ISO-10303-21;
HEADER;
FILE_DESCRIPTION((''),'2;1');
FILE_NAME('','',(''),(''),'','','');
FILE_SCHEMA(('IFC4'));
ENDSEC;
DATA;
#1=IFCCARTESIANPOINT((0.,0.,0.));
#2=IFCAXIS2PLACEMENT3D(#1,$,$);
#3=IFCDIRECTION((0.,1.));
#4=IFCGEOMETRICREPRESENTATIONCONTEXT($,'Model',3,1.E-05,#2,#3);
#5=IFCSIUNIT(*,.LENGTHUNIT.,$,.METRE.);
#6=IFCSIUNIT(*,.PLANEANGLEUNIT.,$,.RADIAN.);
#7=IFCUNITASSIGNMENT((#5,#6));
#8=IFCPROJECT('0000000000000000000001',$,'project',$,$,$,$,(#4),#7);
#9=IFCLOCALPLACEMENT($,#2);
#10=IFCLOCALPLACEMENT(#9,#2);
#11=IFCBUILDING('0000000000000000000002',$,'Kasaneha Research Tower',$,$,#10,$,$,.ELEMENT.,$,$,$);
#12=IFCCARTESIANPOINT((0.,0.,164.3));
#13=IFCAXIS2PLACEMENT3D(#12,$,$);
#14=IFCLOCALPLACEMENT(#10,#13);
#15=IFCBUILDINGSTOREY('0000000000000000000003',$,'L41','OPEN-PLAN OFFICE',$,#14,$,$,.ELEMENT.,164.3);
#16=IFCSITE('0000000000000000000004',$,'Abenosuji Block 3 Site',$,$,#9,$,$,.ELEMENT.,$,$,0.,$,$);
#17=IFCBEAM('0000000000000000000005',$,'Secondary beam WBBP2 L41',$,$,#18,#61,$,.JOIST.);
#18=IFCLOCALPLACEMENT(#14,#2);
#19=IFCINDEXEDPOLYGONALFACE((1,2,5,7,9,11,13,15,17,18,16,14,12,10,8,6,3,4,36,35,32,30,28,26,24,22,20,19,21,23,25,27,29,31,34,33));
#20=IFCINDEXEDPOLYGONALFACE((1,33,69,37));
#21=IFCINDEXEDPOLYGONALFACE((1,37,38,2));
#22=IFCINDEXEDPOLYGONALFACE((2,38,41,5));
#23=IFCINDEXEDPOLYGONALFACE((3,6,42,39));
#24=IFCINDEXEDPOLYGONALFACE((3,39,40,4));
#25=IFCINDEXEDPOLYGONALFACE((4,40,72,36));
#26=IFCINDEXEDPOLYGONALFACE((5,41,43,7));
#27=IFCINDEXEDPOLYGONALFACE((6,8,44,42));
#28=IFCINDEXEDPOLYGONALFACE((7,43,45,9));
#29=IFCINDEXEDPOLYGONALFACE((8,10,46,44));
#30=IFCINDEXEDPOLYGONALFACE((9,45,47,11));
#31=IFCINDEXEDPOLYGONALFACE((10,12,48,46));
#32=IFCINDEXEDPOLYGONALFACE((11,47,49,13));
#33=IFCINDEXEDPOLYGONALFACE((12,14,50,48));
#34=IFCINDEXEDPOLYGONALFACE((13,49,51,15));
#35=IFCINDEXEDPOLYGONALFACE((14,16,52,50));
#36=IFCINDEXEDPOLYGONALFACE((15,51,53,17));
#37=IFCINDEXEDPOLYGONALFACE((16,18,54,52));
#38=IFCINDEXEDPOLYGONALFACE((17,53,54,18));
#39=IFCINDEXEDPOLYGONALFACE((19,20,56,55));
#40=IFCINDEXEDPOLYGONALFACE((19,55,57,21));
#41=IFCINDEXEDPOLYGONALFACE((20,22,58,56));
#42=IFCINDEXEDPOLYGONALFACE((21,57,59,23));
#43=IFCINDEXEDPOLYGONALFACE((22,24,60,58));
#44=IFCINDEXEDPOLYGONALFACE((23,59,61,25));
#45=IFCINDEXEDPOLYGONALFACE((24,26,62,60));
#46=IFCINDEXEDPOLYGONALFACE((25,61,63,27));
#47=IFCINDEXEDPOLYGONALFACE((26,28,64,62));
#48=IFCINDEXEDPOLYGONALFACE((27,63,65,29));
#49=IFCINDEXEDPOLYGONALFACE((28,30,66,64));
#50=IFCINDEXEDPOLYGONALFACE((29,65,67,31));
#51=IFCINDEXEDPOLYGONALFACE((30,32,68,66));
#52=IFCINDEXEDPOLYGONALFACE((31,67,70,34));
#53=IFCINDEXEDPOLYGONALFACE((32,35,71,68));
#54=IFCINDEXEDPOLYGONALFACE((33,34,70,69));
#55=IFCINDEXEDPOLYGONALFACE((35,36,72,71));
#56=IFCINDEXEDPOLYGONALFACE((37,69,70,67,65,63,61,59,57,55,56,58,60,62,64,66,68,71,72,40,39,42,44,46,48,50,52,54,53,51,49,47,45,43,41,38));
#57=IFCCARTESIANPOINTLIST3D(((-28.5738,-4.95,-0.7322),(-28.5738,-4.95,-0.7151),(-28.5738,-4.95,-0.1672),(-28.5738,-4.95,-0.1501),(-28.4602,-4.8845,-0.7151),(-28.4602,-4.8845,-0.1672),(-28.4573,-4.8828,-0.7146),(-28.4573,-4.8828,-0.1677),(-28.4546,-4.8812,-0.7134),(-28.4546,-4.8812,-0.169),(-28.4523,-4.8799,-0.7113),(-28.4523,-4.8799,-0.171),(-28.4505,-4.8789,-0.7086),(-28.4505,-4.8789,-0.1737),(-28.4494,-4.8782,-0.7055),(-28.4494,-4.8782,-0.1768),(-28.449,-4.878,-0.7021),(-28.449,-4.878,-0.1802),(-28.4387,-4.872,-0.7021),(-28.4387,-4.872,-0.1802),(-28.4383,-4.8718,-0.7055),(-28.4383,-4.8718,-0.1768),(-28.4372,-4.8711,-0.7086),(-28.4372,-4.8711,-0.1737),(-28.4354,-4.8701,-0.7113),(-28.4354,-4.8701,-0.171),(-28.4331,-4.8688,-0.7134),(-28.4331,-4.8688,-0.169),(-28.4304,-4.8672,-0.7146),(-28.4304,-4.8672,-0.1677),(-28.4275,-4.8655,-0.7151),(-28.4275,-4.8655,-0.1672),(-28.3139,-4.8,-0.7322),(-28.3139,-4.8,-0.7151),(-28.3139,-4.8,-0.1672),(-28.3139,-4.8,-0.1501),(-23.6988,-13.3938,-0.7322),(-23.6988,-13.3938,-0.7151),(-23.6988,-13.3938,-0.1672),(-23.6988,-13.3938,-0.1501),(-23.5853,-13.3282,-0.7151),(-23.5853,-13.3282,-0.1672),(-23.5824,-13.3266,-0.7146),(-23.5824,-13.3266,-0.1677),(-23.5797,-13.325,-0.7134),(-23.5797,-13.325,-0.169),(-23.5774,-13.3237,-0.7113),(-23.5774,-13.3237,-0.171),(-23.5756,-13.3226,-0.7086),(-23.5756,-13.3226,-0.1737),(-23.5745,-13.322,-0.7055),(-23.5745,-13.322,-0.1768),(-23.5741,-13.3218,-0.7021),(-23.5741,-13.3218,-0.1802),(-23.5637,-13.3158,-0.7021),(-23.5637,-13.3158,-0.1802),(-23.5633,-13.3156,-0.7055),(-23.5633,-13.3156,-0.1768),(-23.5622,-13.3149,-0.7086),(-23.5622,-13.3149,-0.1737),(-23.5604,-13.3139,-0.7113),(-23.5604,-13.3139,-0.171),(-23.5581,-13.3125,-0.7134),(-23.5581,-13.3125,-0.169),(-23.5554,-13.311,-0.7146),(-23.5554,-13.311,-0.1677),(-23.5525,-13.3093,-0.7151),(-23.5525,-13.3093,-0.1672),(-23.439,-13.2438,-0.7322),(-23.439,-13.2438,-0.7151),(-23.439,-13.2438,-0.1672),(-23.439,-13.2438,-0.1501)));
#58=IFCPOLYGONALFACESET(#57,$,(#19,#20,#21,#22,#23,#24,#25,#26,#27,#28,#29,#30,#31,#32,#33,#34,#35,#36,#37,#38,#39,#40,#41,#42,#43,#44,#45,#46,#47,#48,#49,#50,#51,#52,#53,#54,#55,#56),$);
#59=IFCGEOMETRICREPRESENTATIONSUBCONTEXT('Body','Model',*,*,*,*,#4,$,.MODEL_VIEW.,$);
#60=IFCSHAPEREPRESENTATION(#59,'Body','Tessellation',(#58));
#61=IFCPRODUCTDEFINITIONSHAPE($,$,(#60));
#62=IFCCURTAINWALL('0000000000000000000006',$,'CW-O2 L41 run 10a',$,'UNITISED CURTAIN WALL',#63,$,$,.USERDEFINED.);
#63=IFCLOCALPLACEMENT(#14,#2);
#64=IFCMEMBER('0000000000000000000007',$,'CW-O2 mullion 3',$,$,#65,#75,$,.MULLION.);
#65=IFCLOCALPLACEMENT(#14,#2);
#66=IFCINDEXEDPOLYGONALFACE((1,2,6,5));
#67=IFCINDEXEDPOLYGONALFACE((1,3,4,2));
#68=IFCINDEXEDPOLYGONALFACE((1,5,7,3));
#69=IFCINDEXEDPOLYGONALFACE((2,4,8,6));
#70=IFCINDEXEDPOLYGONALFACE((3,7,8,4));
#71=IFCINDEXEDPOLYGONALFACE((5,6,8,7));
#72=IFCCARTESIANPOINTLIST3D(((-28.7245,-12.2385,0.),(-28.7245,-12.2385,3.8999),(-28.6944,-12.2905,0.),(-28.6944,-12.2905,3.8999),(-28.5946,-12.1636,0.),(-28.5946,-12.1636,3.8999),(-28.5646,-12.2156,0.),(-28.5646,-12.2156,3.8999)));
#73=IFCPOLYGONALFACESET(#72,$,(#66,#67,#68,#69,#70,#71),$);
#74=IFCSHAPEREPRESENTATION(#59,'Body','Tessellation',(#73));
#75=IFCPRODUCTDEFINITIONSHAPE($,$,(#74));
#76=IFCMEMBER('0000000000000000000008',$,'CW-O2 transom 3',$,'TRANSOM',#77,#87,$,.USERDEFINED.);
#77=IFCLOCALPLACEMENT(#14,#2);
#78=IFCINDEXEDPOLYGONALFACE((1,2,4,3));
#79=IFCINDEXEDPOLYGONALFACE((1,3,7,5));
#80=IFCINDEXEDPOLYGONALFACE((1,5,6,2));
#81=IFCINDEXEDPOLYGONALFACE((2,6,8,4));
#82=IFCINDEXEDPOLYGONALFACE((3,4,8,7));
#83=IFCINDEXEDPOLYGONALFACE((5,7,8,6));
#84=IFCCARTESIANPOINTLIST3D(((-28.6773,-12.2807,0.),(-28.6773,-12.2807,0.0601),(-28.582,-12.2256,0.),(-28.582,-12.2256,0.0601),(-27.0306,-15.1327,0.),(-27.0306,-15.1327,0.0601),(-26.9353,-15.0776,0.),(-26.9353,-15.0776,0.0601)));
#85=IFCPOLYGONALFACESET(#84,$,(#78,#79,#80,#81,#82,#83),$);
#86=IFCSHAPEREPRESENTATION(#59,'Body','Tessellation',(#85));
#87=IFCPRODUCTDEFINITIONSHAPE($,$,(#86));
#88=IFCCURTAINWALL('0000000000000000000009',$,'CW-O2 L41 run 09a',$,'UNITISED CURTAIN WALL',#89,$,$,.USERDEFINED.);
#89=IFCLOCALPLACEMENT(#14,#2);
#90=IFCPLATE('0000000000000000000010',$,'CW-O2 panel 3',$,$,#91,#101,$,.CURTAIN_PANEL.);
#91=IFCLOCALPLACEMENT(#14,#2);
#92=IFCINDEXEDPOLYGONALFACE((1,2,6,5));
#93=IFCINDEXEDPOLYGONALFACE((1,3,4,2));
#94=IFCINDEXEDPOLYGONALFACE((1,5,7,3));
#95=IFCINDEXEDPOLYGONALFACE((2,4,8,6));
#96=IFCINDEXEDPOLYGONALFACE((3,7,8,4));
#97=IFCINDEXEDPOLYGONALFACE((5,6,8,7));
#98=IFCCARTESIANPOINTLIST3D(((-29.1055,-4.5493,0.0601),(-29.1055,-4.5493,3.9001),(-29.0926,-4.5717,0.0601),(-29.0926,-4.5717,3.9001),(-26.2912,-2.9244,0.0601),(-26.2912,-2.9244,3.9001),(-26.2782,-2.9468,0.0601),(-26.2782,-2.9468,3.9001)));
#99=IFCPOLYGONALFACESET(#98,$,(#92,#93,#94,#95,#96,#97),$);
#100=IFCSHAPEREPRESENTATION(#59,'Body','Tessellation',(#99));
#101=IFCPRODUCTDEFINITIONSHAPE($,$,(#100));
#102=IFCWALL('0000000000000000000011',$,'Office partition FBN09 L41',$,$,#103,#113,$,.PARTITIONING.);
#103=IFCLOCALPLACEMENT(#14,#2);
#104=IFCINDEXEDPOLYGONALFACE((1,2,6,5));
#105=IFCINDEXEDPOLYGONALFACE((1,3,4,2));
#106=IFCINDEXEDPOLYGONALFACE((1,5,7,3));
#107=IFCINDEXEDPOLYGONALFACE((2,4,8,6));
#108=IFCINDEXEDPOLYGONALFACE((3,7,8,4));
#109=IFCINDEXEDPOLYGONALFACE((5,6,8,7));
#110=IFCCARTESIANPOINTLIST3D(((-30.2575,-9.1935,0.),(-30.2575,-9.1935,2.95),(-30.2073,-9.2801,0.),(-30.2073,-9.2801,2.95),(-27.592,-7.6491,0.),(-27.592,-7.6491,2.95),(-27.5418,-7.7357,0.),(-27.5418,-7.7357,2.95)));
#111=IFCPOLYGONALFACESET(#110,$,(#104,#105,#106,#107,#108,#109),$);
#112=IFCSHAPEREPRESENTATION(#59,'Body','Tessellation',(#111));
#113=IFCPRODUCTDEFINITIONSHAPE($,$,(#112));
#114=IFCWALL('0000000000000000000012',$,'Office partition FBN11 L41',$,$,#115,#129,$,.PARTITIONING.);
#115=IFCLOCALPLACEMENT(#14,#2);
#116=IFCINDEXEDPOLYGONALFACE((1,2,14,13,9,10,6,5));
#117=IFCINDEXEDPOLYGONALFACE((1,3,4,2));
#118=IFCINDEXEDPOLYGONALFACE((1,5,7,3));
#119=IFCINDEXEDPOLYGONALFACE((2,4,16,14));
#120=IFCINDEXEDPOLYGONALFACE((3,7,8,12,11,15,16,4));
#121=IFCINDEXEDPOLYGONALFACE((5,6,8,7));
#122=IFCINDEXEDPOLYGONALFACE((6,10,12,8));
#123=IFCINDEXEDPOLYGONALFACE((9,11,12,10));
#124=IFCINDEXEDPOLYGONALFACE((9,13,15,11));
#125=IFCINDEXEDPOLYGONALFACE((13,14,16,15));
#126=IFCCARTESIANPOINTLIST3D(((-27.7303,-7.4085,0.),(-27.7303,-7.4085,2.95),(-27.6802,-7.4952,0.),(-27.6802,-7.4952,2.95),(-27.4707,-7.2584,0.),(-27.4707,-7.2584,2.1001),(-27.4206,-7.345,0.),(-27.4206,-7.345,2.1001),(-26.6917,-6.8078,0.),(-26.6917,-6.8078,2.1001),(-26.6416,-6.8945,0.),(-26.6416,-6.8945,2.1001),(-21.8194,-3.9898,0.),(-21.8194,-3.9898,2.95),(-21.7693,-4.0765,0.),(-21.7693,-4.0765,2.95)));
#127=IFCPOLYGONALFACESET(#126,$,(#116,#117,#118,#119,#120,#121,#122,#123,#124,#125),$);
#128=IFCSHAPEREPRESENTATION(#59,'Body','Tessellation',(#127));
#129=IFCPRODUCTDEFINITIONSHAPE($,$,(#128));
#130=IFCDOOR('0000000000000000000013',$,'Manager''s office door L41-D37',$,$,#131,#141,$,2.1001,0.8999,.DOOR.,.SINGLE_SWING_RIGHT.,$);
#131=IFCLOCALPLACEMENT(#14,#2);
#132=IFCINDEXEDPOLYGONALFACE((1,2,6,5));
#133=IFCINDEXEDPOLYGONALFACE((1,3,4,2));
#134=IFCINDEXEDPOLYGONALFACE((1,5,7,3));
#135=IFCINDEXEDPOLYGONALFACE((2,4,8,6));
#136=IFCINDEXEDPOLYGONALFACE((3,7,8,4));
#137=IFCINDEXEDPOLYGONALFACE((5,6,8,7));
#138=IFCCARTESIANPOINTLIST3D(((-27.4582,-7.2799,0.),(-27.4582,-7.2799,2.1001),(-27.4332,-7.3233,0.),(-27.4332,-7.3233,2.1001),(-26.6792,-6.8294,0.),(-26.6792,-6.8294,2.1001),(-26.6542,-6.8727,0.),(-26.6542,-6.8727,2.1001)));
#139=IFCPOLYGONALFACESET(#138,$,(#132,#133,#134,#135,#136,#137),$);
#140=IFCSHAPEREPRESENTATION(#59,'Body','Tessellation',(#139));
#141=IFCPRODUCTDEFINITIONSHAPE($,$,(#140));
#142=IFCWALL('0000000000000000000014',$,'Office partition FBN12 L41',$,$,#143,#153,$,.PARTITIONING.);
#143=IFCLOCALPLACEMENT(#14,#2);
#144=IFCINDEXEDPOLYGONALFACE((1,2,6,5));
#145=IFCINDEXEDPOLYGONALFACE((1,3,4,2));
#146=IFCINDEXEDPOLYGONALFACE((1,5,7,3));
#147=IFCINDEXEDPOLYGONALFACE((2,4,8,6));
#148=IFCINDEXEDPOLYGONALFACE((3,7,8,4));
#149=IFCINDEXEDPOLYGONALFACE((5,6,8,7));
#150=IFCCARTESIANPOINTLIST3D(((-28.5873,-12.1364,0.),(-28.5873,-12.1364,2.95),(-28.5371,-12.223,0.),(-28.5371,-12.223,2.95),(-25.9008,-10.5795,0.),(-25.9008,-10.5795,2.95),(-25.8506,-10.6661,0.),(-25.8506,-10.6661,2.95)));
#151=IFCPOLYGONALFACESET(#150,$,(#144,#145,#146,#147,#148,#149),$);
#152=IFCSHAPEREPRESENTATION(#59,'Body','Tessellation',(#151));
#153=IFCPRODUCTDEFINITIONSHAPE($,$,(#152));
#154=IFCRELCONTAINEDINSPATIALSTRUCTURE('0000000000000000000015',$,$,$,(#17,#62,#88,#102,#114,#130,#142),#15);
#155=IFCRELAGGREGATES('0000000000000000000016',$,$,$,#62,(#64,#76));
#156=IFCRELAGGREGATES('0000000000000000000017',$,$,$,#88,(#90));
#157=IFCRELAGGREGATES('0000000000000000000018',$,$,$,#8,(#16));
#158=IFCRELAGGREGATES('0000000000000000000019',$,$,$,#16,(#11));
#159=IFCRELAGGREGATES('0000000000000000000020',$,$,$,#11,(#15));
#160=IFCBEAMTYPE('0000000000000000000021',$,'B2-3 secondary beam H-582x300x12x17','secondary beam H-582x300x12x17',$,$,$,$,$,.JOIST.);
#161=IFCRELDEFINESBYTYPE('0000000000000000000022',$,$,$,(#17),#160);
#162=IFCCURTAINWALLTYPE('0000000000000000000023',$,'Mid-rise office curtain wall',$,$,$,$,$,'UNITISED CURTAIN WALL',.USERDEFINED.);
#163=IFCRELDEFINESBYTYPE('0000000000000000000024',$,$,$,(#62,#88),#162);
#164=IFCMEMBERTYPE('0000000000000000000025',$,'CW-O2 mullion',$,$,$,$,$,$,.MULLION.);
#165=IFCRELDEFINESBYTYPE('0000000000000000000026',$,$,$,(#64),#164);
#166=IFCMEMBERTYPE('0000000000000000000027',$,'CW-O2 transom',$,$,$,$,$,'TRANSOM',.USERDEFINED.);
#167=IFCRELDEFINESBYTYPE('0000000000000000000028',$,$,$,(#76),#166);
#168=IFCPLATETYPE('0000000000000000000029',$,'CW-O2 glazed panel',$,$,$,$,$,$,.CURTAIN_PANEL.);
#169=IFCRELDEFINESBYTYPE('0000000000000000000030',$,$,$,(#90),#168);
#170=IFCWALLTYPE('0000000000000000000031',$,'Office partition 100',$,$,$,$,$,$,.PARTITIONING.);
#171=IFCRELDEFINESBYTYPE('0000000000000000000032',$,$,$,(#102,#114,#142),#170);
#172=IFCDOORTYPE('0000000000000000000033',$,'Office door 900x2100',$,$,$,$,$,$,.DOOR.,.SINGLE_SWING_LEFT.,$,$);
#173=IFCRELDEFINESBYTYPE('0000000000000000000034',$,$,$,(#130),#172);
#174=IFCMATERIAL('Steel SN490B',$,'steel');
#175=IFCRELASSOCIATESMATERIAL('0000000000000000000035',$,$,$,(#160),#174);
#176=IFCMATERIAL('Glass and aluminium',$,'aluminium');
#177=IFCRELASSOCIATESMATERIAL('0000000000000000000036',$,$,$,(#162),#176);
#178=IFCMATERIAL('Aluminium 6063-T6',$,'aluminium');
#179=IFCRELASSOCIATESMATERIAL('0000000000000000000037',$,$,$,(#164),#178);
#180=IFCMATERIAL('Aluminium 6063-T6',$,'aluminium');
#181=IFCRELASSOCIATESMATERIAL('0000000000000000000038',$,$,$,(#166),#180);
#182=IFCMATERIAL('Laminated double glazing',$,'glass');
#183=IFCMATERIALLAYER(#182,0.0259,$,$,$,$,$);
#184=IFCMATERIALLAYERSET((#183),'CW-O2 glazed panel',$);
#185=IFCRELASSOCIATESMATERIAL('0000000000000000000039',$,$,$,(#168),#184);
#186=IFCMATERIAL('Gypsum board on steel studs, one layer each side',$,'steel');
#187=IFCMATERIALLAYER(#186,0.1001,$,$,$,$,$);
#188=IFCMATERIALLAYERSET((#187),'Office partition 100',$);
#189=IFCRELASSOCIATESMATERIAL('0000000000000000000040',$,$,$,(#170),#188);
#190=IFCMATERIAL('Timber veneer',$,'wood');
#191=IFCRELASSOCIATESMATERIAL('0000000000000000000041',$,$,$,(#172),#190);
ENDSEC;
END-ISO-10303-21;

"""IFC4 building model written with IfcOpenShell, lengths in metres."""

from ifc_helpers import new_model, si_unit, direction, frame, frame_2d, origin, origin_2d, place, context, subcontext, project, spatial, rectangle, i_section, extrude, material, layer, layer_set, material_profile, profile_set, type_object, element, fill, aggregate, save


model = new_model("IFC4")

# Units and contexts
model_context = context("Model", 3, precision=1e-05, world=origin(), true_north=direction((0.0, 1.0)))
body_context = subcontext(model_context, "Body", "Model", "MODEL_VIEW")
ifc_project = project(units=[si_unit("LENGTHUNIT", "METRE"), si_unit("PLANEANGLEUNIT", "RADIAN")], contexts=[model_context])

# Site, building, storey
site_placement = place(None, origin())
site = spatial("IfcSite", under=ifc_project, at=site_placement, Name="Abenosuji Block 3 Site", CompositionType="ELEMENT", RefElevation=0.0)
building_placement = place(site_placement, origin())
building = spatial("IfcBuilding", under=site, at=building_placement, Name="Kasaneha Research Tower", CompositionType="ELEMENT")
storey_placement = place(building_placement, frame((0.0, 0.0, 164.3)))
storey = spatial("IfcBuildingStorey", under=building, at=storey_placement, Name="L41", Description="OPEN-PLAN OFFICE", CompositionType="ELEMENT", Elevation=164.3)

# Beam
ifc_material_1 = material(Name="Steel SN490B", Category="steel")
ifc_material_profile_1 = material_profile(ifc_material_1, i_section(OverallWidth=0.3, OverallDepth=0.582, WebThickness=0.012, FlangeThickness=0.0171, FilletRadius=0.0129, at=origin_2d()), Name="H-582x300x12x17")
ifc_profile_set_1 = profile_set([ifc_material_profile_1], Name="Steel SN490B")
beam_type = type_object("IfcBeamType", Name="B2-3 secondary beam H-582x300x12x17", Description="secondary beam H-582x300x12x17", PredefinedType="JOIST", material=ifc_profile_set_1)
beam_placement = place(storey_placement, frame((-28.4438, -4.875, -0.4412), z_axis=(0.499996, -0.866028, 0.0), x_axis=(0.866028, 0.499996, 0.0)))
element("IfcBeam", 1, at=beam_placement, inside=storey, type_object=beam_type, Name="Secondary beam WBBP2 L41", PredefinedType="JOIST", context=body_context, shape_type="SweptSolid", body=[
    extrude(i_section(OverallWidth=0.3, OverallDepth=0.582, WebThickness=0.012, FlangeThickness=0.0171, FilletRadius=0.0129, at=origin_2d()), origin(), (0.0, 0.0, 1.0), 9.75),
])

# Curtain wall, members
ifc_material_2 = material(Name="Glass and aluminium", Category="aluminium")
curtain_wall_type = type_object("IfcCurtainWallType", Name="Mid-rise office curtain wall", ElementType="UNITISED CURTAIN WALL", PredefinedType="USERDEFINED", material=ifc_material_2)
curtain_wall_1_placement = place(storey_placement, origin())
curtain_wall_1 = element("IfcCurtainWall", 2, at=curtain_wall_1_placement, inside=storey, type_object=curtain_wall_type, Name="CW-O2 L41 run 10a", ObjectType="UNITISED CURTAIN WALL", PredefinedType="USERDEFINED")
ifc_material_3 = material(Name="Aluminium 6063-T6", Category="aluminium")
ifc_material_profile_2 = material_profile(ifc_material_3, rectangle(XDim=0.0601, YDim=0.1499, at=origin_2d()), Name="CW-O2 mullion 60x150")
ifc_profile_set_2 = profile_set([ifc_material_profile_2], Name="Aluminium 6063-T6")
member_type_1 = type_object("IfcMemberType", Name="CW-O2 mullion", PredefinedType="MULLION", material=ifc_profile_set_2)
member_1_placement = place(storey_placement, frame((-28.6445, -12.2271, 0.0), z_axis=(0.0, 0.0, 1.0), x_axis=(0.5, -0.866025, 0.0)))
member_1 = element("IfcMember", 3, at=member_1_placement, type_object=member_type_1, Name="CW-O2 mullion 3", PredefinedType="MULLION", context=body_context, shape_type="SweptSolid", body=[
    extrude(rectangle(XDim=0.0601, YDim=0.1499, at=origin_2d()), origin(), (0.0, 0.0, 1.0), 3.8999),
])
ifc_material_4 = material(Name="Aluminium 6063-T6", Category="aluminium")
ifc_material_profile_3 = material_profile(ifc_material_4, rectangle(XDim=0.1101, YDim=0.0601, at=origin_2d()), Name="CW-O2 transom 110x60")
ifc_profile_set_3 = profile_set([ifc_material_profile_3], Name="Aluminium 6063-T6")
member_type_2 = type_object("IfcMemberType", Name="CW-O2 transom", ElementType="TRANSOM", PredefinedType="USERDEFINED", material=ifc_profile_set_3)
member_2_placement = place(storey_placement, frame((-28.6296, -12.2532, 0.03), z_axis=(0.500022, -0.866013, 0.0), x_axis=(0.866013, 0.500022, 0.0)))
member_2 = element("IfcMember", 4, at=member_2_placement, type_object=member_type_2, Name="CW-O2 transom 3", ObjectType="TRANSOM", PredefinedType="USERDEFINED", context=body_context, shape_type="SweptSolid", body=[
    extrude(rectangle(XDim=0.1101, YDim=0.0601, at=origin_2d()), origin(), (0.0, 0.0, 1.0), 3.2932),
])
aggregate(curtain_wall_1, [member_1, member_2])

# Curtain wall, plate
curtain_wall_2_placement = place(storey_placement, origin())
curtain_wall_2 = element("IfcCurtainWall", 5, at=curtain_wall_2_placement, inside=storey, type_object=curtain_wall_type, Name="CW-O2 L41 run 09a", ObjectType="UNITISED CURTAIN WALL", PredefinedType="USERDEFINED")
ifc_material_5 = material(Name="Laminated double glazing", Category="glass")
ifc_layer_1 = layer(ifc_material_5, 0.0259)
ifc_layer_set_1 = layer_set([ifc_layer_1], Name="CW-O2 glazed panel")
plate_type = type_object("IfcPlateType", Name="CW-O2 glazed panel", PredefinedType="CURTAIN_PANEL", material=ifc_layer_set_1)
plate_placement = place(storey_placement, frame((-27.6919, -3.748, 0.0601), z_axis=(0.0, 0.0, 1.0), x_axis=(-0.866025, -0.5, 0.0)))
plate = element("IfcPlate", 6, at=plate_placement, type_object=plate_type, Name="CW-O2 panel 3", PredefinedType="CURTAIN_PANEL", context=body_context, shape_type="SweptSolid", body=[
    extrude(rectangle(XDim=3.2498, YDim=0.0259, at=origin_2d()), origin(), (0.0, 0.0, 1.0), 3.8401),
])
aggregate(curtain_wall_2, [plate])

# Wall
ifc_material_6 = material(Name="Gypsum board on steel studs, one layer each side", Category="steel")
ifc_layer_2 = layer(ifc_material_6, 0.1001)
ifc_layer_set_2 = layer_set([ifc_layer_2], Name="Office partition 100")
wall_type_1 = type_object("IfcWallType", Name="Office partition 100", PredefinedType="PARTITIONING", material=ifc_layer_set_2)
wall_1_placement = place(storey_placement, frame((-27.5669, -7.6924, 0.0), z_axis=(0.0, 0.0, 1.0), x_axis=(-0.865253, -0.501336, 0.0)))
element("IfcWall", 7, at=wall_1_placement, inside=storey, type_object=wall_type_1, Name="Office partition FBN09 L41", PredefinedType="PARTITIONING", context=body_context, shape_type="SweptSolid", body=[
    extrude(rectangle(XDim=3.0806, YDim=0.1001, at=frame_2d((1.5403, 0.0))), origin(), (0.0, 0.0, 1.0), 2.95),
])

# Wall, opening, door
wall_2_placement = place(storey_placement, frame((-21.7944, -4.0332, 0.0), z_axis=(0.0, 0.0, 1.0), x_axis=(-0.865642, -0.500664, 0.0)))
wall_2 = element("IfcWall", 8, at=wall_2_placement, inside=storey, type_object=wall_type_1, Name="Office partition FBN11 L41", PredefinedType="PARTITIONING", context=body_context, shape_type="SweptSolid", body=[
    extrude(rectangle(XDim=6.8284, YDim=0.1001, at=frame_2d((3.4141, 0.0))), origin(), (0.0, 0.0, 1.0), 2.95),
])
opening_1_placement = place(wall_2_placement, frame((5.6284, 0.0, 0.0)))
opening_1 = element("IfcOpeningElement", 9, at=opening_1_placement, cuts=wall_2, PredefinedType="OPENING", context=body_context, shape_type="SweptSolid", body=[
    extrude(rectangle(XDim=0.8999, YDim=2.1001, at=frame_2d((0.45, 1.05))), frame((0.0, 0.0601, 0.0), z_axis=(0.0, -1.0, 0.0), x_axis=(1.0, 0.0, 0.0)), (0.0, 0.0, 1.0), 0.1201),
])
ifc_material_7 = material(Name="Timber veneer", Category="wood")
door_type_1 = type_object("IfcDoorType", Name="Office door 900x2100", OperationType="SINGLE_SWING_LEFT", PredefinedType="DOOR", material=ifc_material_7)
door_1_placement = place(opening_1_placement, origin())
door_1 = element("IfcDoor", 10, at=door_1_placement, inside=storey, type_object=door_type_1, Name="Manager's office door L41-D37", OperationType="SINGLE_SWING_RIGHT", OverallHeight=2.1001, OverallWidth=0.8999, PredefinedType="DOOR", context=body_context, shape_type="SweptSolid", body=[
    extrude(rectangle(XDim=0.8999, YDim=2.1001, at=frame_2d((0.45, 1.05))), frame((0.0, 0.0249, 0.0), z_axis=(0.0, -1.0, 0.0), x_axis=(1.0, 0.0, 0.0)), (0.0, 0.0, 1.0), 0.05),
])
fill(opening_1, door_1)

# Wall
wall_3_placement = place(storey_placement, frame((-25.8757, -10.6228, 0.0), z_axis=(0.0, 0.0, 1.0), x_axis=(-0.865213, -0.501405, 0.0)))
element("IfcWall", 11, at=wall_3_placement, inside=storey, type_object=wall_type_1, Name="Office partition FBN12 L41", PredefinedType="PARTITIONING", context=body_context, shape_type="SweptSolid", body=[
    extrude(rectangle(XDim=3.105, YDim=0.1001, at=frame_2d((1.5525, 0.0))), origin(), (0.0, 0.0, 1.0), 2.95),
])

save(model, "model.ifc")
